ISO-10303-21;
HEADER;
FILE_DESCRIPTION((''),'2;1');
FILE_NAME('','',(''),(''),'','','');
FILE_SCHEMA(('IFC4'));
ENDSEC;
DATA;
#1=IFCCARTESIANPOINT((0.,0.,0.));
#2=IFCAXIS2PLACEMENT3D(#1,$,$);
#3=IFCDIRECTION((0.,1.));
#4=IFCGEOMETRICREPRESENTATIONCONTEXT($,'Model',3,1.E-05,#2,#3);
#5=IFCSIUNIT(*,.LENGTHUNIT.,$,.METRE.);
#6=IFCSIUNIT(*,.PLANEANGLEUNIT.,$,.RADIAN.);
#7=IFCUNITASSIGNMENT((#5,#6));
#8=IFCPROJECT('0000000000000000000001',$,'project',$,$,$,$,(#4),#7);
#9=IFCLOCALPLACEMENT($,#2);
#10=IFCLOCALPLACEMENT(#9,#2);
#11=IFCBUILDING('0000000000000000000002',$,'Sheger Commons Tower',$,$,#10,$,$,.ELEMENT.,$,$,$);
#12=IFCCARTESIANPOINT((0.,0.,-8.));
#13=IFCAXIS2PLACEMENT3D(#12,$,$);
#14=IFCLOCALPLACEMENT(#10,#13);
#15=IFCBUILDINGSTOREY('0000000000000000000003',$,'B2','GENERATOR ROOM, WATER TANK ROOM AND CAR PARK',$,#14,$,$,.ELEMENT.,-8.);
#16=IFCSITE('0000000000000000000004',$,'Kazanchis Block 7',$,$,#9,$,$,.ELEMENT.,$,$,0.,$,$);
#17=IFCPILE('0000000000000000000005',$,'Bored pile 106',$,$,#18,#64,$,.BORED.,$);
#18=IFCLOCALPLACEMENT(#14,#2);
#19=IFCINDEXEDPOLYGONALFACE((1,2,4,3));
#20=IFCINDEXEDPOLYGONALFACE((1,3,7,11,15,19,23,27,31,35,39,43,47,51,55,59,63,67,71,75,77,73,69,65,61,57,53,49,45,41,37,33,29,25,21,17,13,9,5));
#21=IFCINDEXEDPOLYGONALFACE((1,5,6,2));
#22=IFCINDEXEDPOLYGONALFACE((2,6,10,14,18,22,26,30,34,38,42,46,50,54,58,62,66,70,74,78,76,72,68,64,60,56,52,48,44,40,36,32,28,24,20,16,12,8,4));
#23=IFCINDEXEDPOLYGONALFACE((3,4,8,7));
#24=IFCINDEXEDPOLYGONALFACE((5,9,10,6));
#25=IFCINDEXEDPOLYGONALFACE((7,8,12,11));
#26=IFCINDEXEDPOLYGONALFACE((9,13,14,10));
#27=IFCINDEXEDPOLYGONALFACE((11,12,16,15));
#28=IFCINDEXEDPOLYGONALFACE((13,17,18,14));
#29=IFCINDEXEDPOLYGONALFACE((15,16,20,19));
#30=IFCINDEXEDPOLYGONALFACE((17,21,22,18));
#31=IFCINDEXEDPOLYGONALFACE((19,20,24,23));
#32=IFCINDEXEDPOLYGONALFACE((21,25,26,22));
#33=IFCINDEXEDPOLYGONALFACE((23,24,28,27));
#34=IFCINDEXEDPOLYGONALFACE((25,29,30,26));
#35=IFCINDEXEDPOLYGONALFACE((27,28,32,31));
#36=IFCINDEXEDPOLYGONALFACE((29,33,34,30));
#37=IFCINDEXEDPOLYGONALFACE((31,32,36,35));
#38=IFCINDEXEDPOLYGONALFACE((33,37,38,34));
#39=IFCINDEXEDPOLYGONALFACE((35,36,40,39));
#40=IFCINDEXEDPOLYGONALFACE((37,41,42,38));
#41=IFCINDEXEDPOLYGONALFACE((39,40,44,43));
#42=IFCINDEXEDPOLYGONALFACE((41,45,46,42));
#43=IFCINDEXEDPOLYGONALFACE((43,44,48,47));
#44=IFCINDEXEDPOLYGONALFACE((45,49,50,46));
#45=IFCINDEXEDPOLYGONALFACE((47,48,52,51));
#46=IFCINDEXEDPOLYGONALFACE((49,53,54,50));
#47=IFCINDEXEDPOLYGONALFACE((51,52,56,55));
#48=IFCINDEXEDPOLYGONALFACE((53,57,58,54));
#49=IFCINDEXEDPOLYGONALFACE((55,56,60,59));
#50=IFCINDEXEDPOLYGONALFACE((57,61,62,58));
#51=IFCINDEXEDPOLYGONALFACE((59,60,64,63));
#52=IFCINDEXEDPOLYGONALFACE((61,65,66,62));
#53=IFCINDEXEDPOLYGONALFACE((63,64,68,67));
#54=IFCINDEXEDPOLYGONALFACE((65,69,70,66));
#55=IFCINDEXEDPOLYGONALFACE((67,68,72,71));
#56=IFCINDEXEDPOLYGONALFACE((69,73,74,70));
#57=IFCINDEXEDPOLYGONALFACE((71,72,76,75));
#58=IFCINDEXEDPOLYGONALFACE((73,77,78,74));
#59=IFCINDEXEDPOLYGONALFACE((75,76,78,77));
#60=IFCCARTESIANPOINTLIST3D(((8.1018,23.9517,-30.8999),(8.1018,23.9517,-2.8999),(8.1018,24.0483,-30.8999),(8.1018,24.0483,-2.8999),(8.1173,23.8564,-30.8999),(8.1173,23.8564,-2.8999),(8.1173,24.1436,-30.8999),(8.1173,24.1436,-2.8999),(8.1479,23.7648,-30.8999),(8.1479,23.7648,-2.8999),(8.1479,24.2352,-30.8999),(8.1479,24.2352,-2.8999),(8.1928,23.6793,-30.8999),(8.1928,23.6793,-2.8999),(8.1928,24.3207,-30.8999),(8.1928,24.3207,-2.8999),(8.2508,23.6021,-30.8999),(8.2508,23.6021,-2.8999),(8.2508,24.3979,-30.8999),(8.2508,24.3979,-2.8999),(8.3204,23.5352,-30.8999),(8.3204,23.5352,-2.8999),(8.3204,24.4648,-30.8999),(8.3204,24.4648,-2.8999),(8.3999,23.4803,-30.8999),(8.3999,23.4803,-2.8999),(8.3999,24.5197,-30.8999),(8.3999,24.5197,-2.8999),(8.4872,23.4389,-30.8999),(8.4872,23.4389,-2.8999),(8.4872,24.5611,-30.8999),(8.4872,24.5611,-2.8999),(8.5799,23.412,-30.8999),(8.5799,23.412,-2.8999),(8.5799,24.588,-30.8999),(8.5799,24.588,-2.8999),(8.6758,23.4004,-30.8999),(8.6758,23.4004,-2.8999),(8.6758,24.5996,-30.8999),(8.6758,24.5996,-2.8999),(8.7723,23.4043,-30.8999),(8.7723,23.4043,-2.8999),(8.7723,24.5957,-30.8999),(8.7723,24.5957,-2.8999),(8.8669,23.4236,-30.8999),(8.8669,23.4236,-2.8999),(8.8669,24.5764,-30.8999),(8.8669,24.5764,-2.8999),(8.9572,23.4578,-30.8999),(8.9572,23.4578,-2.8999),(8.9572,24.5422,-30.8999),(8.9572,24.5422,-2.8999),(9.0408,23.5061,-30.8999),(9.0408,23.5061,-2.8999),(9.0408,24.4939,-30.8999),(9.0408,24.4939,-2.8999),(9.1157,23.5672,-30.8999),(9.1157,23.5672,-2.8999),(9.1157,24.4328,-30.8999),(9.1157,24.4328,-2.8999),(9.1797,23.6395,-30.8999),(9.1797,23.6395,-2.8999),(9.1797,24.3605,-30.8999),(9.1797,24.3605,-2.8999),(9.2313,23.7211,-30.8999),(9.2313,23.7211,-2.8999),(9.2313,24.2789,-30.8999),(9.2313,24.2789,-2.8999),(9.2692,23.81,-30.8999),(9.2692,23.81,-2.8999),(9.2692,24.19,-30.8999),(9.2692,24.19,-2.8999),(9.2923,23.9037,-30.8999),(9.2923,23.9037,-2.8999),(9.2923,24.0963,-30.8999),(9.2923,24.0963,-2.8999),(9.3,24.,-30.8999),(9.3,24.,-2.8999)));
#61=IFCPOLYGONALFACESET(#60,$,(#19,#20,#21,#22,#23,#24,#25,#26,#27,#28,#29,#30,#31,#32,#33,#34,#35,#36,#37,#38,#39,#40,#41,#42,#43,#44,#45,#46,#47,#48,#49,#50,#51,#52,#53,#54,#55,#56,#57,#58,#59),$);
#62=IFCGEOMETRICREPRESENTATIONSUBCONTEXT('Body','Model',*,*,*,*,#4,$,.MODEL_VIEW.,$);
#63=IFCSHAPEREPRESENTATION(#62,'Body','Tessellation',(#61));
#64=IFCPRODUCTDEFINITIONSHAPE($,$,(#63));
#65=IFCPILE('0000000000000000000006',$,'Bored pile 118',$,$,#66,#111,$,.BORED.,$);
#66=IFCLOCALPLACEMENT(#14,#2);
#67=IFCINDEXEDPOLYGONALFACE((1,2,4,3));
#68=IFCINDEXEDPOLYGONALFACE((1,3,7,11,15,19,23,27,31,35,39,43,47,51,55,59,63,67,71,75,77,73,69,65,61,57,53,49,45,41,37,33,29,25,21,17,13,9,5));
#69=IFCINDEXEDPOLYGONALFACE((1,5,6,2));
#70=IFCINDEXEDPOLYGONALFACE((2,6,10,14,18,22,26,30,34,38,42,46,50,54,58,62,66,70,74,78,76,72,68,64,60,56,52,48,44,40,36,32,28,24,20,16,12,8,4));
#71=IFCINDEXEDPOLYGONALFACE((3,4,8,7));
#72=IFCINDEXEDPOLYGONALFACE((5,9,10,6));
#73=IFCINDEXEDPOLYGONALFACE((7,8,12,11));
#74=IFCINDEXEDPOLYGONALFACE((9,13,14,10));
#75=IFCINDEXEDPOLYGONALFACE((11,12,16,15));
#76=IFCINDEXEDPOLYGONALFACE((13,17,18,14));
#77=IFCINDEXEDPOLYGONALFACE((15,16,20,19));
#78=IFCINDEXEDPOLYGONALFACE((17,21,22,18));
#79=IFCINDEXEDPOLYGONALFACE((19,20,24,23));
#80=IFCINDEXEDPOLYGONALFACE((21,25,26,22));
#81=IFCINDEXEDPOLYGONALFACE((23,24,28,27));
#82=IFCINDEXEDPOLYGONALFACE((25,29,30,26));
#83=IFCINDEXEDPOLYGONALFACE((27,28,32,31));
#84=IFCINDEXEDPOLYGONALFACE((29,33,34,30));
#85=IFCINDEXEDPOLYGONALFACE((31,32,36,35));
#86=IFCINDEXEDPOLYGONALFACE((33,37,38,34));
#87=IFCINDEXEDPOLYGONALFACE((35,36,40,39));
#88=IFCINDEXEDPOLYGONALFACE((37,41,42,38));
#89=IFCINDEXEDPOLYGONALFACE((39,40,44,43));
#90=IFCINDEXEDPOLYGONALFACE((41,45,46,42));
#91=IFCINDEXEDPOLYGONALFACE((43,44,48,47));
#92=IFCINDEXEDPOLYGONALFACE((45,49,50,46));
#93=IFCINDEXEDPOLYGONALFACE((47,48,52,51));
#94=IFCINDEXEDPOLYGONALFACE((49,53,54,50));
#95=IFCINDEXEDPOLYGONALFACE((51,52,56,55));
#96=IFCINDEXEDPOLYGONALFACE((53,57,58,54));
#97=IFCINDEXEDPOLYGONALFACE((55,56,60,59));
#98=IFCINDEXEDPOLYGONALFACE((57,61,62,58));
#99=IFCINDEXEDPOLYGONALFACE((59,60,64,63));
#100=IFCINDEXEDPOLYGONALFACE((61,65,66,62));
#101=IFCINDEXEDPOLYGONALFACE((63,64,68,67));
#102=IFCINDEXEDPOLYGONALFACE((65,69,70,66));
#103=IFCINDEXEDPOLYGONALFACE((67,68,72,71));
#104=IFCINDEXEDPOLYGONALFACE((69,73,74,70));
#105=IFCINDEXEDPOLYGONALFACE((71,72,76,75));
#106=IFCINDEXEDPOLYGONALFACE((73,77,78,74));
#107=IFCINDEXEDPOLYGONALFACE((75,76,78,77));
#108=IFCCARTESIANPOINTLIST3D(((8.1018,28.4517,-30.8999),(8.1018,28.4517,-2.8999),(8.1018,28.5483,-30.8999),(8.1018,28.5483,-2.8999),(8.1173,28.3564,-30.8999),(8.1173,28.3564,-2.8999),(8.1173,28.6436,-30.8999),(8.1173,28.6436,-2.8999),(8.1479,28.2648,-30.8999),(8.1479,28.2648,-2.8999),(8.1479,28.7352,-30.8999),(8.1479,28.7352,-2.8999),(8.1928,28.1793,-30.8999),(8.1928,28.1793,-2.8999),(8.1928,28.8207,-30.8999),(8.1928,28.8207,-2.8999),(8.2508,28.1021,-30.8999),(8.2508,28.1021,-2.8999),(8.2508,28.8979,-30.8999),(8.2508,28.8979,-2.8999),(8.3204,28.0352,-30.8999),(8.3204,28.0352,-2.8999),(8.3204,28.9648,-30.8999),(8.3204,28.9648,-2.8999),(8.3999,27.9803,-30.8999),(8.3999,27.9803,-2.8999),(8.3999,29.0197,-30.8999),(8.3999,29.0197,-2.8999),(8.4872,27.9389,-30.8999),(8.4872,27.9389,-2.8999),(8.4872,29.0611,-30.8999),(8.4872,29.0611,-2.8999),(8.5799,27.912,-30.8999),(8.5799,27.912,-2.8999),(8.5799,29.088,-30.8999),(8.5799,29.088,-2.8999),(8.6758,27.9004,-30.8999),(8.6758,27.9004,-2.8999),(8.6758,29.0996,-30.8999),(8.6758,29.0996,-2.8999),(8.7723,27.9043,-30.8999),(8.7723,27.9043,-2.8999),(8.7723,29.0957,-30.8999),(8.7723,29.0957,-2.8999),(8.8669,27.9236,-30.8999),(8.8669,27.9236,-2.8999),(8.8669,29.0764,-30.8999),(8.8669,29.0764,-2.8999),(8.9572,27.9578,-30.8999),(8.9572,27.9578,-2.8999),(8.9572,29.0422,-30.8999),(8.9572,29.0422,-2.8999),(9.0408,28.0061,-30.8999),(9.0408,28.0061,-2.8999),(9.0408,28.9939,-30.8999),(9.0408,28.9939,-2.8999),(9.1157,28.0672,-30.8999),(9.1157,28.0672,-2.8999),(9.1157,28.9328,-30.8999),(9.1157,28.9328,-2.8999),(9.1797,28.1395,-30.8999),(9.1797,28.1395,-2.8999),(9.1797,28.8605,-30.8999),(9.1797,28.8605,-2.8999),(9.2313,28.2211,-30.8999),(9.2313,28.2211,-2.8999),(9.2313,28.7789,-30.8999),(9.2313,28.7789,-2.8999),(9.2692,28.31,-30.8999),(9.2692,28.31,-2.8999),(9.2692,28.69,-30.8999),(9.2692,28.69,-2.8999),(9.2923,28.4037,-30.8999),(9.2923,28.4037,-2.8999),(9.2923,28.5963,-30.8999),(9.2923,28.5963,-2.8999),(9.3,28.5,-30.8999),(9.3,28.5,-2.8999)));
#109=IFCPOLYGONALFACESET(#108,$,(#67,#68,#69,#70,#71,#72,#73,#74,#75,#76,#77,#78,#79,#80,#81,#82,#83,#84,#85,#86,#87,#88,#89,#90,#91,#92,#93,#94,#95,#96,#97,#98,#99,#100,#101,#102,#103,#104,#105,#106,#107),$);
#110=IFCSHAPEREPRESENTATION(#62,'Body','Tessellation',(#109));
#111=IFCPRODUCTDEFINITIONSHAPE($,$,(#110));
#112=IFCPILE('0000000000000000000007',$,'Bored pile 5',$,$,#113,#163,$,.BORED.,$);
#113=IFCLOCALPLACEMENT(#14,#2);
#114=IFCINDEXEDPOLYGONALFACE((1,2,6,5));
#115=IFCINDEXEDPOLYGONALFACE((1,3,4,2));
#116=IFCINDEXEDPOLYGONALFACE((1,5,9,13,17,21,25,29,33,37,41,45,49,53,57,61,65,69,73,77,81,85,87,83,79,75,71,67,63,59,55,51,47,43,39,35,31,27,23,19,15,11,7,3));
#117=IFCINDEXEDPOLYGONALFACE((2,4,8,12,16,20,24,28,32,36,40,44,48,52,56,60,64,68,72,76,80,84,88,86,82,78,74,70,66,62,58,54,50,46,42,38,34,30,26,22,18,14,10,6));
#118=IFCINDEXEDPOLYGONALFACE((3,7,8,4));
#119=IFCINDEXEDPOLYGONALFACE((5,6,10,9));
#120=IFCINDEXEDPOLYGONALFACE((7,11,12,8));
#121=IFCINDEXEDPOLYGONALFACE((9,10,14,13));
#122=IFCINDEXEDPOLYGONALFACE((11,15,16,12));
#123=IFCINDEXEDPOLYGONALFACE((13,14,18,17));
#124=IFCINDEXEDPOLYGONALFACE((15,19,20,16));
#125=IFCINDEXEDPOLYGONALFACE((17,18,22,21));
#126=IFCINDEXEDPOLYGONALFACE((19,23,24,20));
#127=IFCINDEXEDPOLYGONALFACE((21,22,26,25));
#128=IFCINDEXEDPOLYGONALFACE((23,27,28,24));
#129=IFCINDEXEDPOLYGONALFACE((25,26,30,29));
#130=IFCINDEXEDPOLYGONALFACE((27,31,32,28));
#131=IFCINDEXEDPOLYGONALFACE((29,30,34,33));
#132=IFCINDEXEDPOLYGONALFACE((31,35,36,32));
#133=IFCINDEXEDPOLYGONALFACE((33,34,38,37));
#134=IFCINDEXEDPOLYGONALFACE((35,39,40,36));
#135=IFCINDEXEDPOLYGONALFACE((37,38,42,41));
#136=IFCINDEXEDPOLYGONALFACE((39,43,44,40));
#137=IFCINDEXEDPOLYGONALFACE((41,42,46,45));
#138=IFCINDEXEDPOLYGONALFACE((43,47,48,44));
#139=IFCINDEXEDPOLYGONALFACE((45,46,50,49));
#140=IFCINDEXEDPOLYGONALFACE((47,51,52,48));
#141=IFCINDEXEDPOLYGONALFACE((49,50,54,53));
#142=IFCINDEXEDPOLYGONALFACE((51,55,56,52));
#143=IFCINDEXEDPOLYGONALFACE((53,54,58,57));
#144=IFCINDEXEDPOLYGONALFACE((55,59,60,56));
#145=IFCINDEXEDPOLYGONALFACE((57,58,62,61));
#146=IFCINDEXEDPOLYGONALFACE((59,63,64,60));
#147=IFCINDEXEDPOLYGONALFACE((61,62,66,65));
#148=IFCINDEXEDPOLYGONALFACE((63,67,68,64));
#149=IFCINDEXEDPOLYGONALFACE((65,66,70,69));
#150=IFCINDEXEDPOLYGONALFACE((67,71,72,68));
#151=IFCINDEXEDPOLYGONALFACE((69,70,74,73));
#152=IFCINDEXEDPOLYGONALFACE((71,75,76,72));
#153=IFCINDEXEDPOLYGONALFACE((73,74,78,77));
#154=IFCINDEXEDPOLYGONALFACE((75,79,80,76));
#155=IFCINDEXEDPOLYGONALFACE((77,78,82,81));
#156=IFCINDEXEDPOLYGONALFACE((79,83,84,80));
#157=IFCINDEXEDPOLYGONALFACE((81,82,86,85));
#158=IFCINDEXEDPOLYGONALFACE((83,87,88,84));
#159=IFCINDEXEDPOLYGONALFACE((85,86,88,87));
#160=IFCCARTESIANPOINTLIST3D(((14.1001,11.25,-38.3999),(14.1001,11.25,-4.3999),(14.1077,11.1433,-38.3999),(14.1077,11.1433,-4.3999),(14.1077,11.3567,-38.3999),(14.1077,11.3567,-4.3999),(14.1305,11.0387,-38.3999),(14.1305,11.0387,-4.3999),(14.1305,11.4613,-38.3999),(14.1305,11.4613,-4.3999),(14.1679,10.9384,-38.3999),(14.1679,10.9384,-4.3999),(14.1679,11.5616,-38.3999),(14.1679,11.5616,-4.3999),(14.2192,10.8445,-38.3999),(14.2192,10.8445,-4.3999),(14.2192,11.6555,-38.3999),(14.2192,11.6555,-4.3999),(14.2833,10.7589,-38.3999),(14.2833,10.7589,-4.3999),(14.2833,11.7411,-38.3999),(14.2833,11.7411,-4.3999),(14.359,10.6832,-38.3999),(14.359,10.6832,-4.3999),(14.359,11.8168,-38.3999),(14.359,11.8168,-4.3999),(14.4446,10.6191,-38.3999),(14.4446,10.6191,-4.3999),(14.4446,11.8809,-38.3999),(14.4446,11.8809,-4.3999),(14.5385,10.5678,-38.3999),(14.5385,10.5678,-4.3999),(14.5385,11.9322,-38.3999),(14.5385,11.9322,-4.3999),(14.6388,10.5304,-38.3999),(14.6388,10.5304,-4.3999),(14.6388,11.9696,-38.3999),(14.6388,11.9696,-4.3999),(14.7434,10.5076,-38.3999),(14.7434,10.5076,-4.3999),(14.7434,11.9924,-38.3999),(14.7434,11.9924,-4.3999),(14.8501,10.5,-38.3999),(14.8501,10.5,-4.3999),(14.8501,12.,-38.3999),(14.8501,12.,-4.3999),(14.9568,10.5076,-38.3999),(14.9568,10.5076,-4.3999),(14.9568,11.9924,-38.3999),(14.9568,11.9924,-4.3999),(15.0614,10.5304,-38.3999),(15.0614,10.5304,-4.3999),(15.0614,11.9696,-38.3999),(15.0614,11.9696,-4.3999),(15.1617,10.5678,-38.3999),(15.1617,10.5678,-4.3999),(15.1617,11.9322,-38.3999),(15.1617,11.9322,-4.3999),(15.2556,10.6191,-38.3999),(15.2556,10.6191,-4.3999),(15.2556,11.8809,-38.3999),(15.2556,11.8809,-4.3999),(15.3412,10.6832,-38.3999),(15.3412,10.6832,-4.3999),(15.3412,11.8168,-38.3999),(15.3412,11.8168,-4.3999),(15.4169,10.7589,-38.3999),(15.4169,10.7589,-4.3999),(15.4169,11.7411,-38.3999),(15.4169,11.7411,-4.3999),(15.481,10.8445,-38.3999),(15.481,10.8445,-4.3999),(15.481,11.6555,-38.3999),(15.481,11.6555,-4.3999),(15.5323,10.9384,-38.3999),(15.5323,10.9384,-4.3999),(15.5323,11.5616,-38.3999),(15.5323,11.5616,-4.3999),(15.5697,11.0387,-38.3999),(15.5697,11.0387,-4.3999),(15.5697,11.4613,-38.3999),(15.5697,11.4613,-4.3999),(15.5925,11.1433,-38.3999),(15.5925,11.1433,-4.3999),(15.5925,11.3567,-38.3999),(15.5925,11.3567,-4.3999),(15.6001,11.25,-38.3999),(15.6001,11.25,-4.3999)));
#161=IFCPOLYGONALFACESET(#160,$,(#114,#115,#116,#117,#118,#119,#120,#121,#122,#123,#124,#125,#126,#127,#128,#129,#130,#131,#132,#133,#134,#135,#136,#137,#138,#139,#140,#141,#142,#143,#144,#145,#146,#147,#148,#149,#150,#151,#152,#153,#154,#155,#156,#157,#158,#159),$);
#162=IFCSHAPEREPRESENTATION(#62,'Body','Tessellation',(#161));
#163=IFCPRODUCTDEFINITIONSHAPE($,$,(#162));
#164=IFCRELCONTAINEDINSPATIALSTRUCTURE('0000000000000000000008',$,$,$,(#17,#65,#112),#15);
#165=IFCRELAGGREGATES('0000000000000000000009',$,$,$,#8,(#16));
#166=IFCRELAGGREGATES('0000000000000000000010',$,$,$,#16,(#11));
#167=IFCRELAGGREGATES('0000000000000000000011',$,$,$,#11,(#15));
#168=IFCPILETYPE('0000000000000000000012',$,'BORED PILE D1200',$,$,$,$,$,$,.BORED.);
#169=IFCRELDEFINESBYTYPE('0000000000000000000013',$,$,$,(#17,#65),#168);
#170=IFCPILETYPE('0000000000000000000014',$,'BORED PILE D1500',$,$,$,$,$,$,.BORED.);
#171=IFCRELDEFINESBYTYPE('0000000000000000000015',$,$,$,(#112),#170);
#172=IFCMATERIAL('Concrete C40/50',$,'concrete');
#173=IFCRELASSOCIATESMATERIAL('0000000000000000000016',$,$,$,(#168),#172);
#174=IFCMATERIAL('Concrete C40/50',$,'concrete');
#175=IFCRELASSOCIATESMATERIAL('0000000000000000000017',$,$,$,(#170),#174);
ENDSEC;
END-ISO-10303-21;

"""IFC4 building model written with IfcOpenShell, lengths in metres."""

from ifc_helpers import new_model, si_unit, direction, frame, origin, origin_2d, place, context, subcontext, project, spatial, circle, extrude, material, material_profile, profile_set, type_object, element, save


model = new_model("IFC4")

# Units and contexts
model_context = context("Model", 3, precision=1e-05, world=origin(), true_north=direction((0.0, 1.0)))
body_context = subcontext(model_context, "Body", "Model", "MODEL_VIEW")
ifc_project = project(units=[si_unit("LENGTHUNIT", "METRE"), si_unit("PLANEANGLEUNIT", "RADIAN")], contexts=[model_context])

# Site, building, storey
site_placement = place(None, origin())
site = spatial("IfcSite", under=ifc_project, at=site_placement, Name="Kazanchis Block 7", CompositionType="ELEMENT", RefElevation=0.0)
building_placement = place(site_placement, origin())
building = spatial("IfcBuilding", under=site, at=building_placement, Name="Sheger Commons Tower", CompositionType="ELEMENT")
storey_placement = place(building_placement, frame((0.0, 0.0, -8.0)))
storey = spatial("IfcBuildingStorey", under=building, at=storey_placement, Name="B2", Description="GENERATOR ROOM, WATER TANK ROOM AND CAR PARK", CompositionType="ELEMENT", Elevation=-8.0)

# Piles
ifc_material_1 = material(Name="Concrete C40/50", Category="concrete")
ifc_material_profile_1 = material_profile(ifc_material_1, circle(Radius=0.6001, at=origin_2d()), Name="PILE D1200")
ifc_profile_set_1 = profile_set([ifc_material_profile_1], Name="Concrete C40/50")
pile_type_1 = type_object("IfcPileType", Name="BORED PILE D1200", PredefinedType="BORED", material=ifc_profile_set_1)
for number, where, z_axis, x_axis, name in (
    (1, (8.7, 24.0, -2.8999), (0.0, 0.0, -1.0), (1.0, 0.0, 0.0), "Bored pile 106"),
    (2, (8.7, 28.5, -2.8999), (0.0, 0.0, -1.0), (1.0, 0.0, 0.0), "Bored pile 118"),
):
    element("IfcPile", number, at=place(storey_placement, frame(where, z_axis=z_axis, x_axis=x_axis)), inside=storey, type_object=pile_type_1, Name=name, PredefinedType="BORED", context=body_context, shape_type="SweptSolid", body=[
        extrude(circle(Radius=0.6001, at=origin_2d()), origin(), (0.0, 0.0, 1.0), 28.0),
    ])
ifc_material_2 = material(Name="Concrete C40/50", Category="concrete")
ifc_material_profile_2 = material_profile(ifc_material_2, circle(Radius=0.75, at=origin_2d()), Name="PILE D1500")
ifc_profile_set_2 = profile_set([ifc_material_profile_2], Name="Concrete C40/50")
pile_type_2 = type_object("IfcPileType", Name="BORED PILE D1500", PredefinedType="BORED", material=ifc_profile_set_2)
for number, where, z_axis, x_axis, name in (
    (3, (14.8501, 11.25, -4.3999), (0.0, 0.0, -1.0), (1.0, 0.0, 0.0), "Bored pile 5"),
):
    element("IfcPile", number, at=place(storey_placement, frame(where, z_axis=z_axis, x_axis=x_axis)), inside=storey, type_object=pile_type_2, Name=name, PredefinedType="BORED", context=body_context, shape_type="SweptSolid", body=[
        extrude(circle(Radius=0.75, at=origin_2d()), origin(), (0.0, 0.0, 1.0), 34.0),
    ])

save(model, "model.ifc")
